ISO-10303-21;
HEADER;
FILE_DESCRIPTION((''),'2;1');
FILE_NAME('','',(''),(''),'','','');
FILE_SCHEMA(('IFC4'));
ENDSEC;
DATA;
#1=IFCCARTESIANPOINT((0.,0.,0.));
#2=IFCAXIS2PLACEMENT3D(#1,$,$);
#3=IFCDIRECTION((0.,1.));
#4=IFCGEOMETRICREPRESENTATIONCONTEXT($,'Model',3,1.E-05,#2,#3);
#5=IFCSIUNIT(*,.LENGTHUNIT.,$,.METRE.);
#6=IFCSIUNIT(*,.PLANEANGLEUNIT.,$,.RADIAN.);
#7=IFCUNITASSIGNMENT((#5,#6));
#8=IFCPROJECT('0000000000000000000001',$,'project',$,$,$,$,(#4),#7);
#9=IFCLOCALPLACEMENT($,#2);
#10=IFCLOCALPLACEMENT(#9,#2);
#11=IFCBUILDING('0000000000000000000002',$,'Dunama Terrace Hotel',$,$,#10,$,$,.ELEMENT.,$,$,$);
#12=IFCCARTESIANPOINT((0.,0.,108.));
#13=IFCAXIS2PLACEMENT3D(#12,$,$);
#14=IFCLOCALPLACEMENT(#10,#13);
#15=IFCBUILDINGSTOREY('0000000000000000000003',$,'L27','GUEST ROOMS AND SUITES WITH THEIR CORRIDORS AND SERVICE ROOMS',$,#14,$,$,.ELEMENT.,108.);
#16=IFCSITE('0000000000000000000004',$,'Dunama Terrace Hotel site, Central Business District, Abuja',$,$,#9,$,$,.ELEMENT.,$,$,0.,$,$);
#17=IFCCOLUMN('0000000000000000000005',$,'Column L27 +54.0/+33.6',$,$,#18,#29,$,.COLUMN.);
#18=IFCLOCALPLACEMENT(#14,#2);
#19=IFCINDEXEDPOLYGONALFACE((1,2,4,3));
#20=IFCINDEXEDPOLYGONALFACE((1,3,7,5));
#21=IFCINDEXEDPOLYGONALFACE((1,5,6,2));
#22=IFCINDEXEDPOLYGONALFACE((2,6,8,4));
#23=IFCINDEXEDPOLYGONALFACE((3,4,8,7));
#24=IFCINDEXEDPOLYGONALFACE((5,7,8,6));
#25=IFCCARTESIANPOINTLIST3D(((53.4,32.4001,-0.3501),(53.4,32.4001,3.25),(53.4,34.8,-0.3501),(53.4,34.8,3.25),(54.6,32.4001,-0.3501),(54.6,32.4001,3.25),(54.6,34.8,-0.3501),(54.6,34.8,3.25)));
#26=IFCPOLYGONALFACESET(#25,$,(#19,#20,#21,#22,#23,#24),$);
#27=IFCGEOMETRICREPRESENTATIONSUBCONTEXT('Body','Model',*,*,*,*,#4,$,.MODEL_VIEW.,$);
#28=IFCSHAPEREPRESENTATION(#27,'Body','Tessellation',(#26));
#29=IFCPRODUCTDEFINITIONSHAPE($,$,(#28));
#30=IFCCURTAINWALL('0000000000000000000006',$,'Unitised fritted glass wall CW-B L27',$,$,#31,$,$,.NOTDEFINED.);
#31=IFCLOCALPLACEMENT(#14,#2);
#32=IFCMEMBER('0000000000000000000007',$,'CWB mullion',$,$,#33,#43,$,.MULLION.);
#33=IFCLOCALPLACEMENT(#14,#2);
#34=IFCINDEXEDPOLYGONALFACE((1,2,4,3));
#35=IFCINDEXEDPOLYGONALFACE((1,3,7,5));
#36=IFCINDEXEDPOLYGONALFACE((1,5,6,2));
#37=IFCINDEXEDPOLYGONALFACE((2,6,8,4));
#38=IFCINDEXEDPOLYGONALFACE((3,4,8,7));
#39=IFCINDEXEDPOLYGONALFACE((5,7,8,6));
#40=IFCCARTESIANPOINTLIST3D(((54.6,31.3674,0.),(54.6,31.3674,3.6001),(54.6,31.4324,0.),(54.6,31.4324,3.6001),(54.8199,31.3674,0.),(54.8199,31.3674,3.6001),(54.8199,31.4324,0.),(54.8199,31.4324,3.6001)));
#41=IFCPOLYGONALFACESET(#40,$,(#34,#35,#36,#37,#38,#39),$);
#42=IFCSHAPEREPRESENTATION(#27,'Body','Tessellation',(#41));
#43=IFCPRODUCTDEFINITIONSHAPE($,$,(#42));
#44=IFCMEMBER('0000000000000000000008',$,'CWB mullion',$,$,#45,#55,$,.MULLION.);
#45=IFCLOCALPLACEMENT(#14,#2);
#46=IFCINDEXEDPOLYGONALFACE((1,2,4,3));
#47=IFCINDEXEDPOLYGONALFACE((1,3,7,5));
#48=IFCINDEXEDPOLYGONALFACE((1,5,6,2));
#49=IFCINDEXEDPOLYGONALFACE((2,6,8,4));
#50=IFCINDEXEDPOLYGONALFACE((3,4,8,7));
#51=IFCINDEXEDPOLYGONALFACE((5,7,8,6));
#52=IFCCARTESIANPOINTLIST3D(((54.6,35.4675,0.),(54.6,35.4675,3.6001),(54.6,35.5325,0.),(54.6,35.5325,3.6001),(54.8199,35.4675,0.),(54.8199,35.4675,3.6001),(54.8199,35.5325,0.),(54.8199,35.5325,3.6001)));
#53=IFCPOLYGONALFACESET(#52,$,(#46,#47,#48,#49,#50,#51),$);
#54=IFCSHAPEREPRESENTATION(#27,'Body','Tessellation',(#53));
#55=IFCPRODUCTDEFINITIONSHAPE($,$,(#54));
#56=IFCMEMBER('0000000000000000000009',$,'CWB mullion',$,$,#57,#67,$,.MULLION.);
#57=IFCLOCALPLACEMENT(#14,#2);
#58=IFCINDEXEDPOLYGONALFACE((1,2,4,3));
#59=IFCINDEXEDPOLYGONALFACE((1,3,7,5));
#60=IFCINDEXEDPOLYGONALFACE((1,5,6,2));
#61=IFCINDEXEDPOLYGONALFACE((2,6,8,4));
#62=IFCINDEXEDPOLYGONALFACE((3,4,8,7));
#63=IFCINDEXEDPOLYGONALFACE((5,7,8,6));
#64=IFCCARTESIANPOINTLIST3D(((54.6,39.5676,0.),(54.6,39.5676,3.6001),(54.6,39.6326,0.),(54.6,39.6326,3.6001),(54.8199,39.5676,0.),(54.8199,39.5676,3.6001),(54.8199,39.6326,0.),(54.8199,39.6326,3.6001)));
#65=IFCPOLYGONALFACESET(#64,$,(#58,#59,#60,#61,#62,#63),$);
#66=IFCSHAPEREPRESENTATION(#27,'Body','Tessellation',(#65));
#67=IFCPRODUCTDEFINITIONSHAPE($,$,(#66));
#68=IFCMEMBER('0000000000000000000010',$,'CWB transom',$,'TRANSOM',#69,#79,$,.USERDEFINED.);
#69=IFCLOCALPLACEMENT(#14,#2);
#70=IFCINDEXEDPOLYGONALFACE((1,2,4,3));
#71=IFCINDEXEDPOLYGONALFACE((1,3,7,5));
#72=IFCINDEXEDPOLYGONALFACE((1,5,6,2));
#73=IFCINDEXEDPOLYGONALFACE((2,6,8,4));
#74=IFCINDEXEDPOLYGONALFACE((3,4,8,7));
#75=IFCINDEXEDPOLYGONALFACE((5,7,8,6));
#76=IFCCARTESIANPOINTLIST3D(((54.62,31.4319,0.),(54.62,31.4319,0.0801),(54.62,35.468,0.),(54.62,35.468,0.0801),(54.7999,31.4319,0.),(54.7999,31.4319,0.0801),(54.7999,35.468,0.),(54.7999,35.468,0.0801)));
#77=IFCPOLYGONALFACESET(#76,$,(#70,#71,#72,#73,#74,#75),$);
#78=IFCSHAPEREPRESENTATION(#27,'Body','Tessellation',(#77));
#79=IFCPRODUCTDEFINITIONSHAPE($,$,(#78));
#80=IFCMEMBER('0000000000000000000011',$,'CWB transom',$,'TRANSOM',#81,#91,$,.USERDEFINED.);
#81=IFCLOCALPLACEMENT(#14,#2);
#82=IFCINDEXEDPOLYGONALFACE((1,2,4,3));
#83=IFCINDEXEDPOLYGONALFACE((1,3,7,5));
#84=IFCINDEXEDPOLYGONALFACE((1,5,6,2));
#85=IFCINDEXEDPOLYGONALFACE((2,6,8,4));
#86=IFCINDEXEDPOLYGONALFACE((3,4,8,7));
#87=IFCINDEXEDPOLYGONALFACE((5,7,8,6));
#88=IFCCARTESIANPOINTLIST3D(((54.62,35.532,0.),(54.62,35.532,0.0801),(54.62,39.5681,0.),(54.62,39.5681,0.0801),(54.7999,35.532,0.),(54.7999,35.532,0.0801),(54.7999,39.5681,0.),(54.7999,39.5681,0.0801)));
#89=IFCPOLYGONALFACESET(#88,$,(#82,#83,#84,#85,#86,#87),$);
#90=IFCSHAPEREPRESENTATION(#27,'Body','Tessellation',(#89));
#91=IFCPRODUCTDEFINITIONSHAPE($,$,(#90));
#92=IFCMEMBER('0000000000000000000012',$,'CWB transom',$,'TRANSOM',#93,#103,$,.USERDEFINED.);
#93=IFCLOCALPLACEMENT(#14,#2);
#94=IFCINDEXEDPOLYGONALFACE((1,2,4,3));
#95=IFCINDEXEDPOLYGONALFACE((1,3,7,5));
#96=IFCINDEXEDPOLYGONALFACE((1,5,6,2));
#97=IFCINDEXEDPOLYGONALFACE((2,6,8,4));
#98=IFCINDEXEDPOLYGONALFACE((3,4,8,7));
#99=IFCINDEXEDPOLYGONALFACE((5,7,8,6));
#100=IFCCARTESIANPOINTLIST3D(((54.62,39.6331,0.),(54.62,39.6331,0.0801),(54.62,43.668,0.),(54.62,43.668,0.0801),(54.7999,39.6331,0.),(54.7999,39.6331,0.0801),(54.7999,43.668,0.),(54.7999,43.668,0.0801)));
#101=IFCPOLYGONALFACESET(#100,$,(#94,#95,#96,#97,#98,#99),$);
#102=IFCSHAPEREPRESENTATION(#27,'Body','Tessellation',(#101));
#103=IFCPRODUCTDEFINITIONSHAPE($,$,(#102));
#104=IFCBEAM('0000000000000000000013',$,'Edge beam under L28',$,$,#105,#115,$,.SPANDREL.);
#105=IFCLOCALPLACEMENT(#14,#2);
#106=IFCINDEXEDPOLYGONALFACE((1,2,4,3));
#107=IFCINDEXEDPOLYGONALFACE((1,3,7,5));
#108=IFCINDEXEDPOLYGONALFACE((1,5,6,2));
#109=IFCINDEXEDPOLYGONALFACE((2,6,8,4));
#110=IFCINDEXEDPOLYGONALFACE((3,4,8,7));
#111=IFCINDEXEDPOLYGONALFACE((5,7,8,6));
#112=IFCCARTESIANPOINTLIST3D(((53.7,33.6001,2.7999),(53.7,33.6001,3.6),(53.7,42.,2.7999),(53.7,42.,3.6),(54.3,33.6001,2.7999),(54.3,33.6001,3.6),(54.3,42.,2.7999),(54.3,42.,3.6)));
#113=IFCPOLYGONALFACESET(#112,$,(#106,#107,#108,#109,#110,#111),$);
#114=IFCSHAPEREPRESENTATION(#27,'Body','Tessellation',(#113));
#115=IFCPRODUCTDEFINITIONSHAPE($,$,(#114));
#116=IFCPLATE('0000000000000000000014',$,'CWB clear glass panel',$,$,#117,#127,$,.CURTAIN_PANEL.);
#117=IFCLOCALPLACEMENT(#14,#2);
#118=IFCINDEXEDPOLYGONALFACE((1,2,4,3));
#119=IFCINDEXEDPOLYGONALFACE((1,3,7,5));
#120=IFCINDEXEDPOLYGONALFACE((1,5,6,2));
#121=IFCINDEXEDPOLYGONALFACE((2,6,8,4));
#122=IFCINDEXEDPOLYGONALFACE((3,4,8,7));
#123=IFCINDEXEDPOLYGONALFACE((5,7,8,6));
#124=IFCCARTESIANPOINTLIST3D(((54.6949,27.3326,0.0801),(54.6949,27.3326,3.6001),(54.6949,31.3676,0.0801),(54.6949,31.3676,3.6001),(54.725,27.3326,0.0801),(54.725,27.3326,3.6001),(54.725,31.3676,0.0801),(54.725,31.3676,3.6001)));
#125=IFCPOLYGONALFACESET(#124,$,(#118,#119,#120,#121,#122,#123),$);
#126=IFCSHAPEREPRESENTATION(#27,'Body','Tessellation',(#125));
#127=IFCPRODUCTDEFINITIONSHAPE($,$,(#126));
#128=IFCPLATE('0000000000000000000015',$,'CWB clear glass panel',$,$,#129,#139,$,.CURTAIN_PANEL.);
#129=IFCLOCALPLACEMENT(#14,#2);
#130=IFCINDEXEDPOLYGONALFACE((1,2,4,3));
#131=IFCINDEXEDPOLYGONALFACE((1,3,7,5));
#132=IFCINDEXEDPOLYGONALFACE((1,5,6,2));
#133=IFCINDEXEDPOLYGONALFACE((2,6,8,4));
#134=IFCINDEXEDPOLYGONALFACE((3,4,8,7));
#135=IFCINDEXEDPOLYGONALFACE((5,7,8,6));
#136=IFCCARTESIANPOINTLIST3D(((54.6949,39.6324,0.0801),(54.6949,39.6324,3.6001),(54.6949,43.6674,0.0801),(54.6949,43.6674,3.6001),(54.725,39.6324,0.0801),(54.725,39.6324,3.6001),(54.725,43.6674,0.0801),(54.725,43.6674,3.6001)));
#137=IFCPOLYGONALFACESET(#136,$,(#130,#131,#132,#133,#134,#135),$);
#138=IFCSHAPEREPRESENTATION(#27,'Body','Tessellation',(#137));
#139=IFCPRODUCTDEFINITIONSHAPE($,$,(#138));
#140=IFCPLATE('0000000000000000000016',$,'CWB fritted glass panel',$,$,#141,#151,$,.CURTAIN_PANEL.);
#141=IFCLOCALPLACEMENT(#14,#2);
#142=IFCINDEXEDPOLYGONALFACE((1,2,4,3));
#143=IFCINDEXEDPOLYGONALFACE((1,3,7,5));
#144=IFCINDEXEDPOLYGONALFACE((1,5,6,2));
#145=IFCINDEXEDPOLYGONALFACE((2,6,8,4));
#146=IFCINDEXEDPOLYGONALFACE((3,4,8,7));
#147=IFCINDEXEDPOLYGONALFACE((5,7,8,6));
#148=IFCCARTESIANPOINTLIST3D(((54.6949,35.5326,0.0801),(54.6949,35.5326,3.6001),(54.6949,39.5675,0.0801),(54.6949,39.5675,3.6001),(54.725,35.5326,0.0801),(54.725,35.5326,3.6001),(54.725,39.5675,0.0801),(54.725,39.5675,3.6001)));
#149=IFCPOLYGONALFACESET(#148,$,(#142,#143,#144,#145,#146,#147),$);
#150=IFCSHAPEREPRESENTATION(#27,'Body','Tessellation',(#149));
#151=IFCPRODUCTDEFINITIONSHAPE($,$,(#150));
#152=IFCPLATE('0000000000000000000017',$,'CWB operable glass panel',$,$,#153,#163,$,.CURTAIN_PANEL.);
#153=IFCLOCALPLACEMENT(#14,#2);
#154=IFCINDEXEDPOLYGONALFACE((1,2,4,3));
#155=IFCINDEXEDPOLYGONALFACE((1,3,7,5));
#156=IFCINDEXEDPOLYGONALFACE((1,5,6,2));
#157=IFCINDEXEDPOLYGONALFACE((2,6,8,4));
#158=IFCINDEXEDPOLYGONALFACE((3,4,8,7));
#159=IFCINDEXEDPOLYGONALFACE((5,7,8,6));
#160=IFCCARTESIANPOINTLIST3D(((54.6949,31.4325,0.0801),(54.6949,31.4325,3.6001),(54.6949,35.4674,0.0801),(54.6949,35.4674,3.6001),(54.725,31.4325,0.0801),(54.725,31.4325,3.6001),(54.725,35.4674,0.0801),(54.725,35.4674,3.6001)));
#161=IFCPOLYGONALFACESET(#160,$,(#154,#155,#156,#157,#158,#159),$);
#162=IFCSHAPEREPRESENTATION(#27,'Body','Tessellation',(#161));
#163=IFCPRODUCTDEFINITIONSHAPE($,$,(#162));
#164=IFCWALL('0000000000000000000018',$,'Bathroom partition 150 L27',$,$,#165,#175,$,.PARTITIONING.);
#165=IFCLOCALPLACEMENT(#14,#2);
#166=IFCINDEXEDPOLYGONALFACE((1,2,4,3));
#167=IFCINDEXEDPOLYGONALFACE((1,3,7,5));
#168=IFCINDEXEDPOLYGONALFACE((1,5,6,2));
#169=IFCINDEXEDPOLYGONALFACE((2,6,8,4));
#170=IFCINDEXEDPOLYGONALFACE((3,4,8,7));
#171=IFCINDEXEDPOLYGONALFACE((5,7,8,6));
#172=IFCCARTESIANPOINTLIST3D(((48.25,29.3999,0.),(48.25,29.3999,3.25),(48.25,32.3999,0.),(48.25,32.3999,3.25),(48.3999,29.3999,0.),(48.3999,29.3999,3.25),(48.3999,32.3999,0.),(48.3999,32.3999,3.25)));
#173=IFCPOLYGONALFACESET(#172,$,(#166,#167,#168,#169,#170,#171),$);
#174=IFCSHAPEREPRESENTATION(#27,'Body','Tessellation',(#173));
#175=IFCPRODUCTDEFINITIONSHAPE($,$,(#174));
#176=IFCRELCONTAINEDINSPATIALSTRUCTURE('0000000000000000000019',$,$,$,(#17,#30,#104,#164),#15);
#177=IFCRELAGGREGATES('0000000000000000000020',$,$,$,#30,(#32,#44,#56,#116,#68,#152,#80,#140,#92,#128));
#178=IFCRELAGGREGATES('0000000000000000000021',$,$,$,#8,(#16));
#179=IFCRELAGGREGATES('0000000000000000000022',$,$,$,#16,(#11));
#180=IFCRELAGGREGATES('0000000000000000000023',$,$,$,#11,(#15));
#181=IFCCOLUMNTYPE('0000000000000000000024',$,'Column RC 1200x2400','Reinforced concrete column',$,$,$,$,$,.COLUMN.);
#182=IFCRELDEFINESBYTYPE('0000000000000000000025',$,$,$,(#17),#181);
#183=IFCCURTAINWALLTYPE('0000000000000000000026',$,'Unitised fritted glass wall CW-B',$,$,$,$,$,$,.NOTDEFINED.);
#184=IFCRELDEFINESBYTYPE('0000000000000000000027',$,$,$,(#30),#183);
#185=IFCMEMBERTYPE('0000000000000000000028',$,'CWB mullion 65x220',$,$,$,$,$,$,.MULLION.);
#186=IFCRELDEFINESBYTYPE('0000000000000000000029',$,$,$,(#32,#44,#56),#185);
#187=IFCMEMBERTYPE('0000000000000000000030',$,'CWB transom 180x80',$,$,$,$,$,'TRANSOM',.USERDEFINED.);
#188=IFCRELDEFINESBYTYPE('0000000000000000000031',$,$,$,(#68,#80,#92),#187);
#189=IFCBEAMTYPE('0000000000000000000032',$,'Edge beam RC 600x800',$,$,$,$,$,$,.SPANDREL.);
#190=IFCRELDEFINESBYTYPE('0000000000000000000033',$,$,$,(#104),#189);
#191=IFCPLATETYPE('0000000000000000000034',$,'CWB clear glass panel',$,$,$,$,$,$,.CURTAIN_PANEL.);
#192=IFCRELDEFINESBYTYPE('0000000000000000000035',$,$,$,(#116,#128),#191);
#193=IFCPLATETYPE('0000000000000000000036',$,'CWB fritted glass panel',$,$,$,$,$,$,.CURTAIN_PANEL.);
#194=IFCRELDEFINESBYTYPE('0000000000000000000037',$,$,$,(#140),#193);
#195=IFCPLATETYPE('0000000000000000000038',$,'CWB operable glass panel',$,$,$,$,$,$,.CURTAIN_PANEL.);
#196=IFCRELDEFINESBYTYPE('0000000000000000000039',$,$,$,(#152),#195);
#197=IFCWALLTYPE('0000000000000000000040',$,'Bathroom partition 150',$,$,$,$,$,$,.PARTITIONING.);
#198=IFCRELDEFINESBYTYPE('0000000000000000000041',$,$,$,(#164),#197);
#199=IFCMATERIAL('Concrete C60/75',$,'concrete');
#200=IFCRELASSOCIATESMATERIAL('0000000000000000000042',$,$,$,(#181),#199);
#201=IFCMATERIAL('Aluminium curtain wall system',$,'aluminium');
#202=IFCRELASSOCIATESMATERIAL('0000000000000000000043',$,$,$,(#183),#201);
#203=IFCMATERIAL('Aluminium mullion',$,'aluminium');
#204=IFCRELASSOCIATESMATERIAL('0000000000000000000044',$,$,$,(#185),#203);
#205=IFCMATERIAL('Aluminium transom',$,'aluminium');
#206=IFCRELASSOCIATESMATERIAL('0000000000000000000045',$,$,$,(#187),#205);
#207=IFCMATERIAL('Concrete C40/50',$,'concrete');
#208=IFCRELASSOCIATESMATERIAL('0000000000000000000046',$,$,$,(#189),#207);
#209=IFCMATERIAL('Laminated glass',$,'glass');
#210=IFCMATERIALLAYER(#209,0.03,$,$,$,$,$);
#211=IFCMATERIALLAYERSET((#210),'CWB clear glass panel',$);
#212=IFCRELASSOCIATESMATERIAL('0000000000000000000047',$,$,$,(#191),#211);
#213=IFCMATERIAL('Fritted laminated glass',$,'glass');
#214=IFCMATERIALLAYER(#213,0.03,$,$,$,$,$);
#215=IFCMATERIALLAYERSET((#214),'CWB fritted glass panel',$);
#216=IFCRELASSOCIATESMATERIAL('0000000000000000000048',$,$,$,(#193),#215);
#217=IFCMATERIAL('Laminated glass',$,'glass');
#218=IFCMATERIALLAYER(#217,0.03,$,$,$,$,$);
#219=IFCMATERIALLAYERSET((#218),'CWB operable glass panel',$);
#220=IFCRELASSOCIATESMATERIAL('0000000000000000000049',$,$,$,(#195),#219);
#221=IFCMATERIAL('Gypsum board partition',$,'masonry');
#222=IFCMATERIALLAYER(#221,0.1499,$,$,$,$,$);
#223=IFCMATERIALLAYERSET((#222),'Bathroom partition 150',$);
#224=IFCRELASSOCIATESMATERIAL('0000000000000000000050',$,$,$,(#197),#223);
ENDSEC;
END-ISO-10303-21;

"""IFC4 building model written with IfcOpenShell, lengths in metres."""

from ifc_helpers import new_model, si_unit, direction, frame, frame_2d, origin, origin_2d, place, context, subcontext, project, spatial, rectangle, extrude, material, layer, layer_set, material_profile, profile_set, type_object, element, aggregate, save


model = new_model("IFC4")

# Units and contexts
model_context = context("Model", 3, precision=1e-05, world=origin(), true_north=direction((0.0, 1.0)))
body_context = subcontext(model_context, "Body", "Model", "MODEL_VIEW")
ifc_project = project(units=[si_unit("LENGTHUNIT", "METRE"), si_unit("PLANEANGLEUNIT", "RADIAN")], contexts=[model_context])

# Site, building, storey
site_placement = place(None, origin())
site = spatial("IfcSite", under=ifc_project, at=site_placement, Name="Dunama Terrace Hotel site, Central Business District, Abuja", CompositionType="ELEMENT", RefElevation=0.0)
building_placement = place(site_placement, origin())
building = spatial("IfcBuilding", under=site, at=building_placement, Name="Dunama Terrace Hotel", CompositionType="ELEMENT")
storey_placement = place(building_placement, frame((0.0, 0.0, 108.0)))
storey = spatial("IfcBuildingStorey", under=building, at=storey_placement, Name="L27", Description="GUEST ROOMS AND SUITES WITH THEIR CORRIDORS AND SERVICE ROOMS", CompositionType="ELEMENT", Elevation=108.0)

# Column
ifc_material_1 = material(Name="Concrete C60/75", Category="concrete")
ifc_material_profile_1 = material_profile(ifc_material_1, rectangle(XDim=1.2, YDim=2.3999, at=origin_2d()), Name="RC 1200x2400")
ifc_profile_set_1 = profile_set([ifc_material_profile_1], Name="Concrete C60/75")
column_type = type_object("IfcColumnType", Name="Column RC 1200x2400", Description="Reinforced concrete column", PredefinedType="COLUMN", material=ifc_profile_set_1)
column_placement = place(storey_placement, frame((54.0, 33.6001, -0.3501), z_axis=(0.0, 0.0, 1.0), x_axis=(1.0, 0.0, 0.0)))
element("IfcColumn", 1, at=column_placement, inside=storey, type_object=column_type, Name="Column L27 +54.0/+33.6", PredefinedType="COLUMN", context=body_context, shape_type="SweptSolid", body=[
    extrude(rectangle(XDim=1.2, YDim=2.3999, at=origin_2d()), origin(), (0.0, 0.0, 1.0), 3.6001),
])

# Curtain wall, members
ifc_material_2 = material(Name="Aluminium curtain wall system", Category="aluminium")
curtain_wall_type = type_object("IfcCurtainWallType", Name="Unitised fritted glass wall CW-B", PredefinedType="NOTDEFINED", material=ifc_material_2)
curtain_wall_placement = place(storey_placement, origin())
curtain_wall = element("IfcCurtainWall", 2, at=curtain_wall_placement, inside=storey, type_object=curtain_wall_type, Name="Unitised fritted glass wall CW-B L27", PredefinedType="NOTDEFINED")
ifc_material_3 = material(Name="Aluminium mullion", Category="aluminium")
ifc_material_profile_2 = material_profile(ifc_material_3, rectangle(XDim=0.0649, YDim=0.22, at=origin_2d()), Name="CWB MULLION 65X220")
ifc_profile_set_2 = profile_set([ifc_material_profile_2], Name="Aluminium mullion")
member_type_1 = type_object("IfcMemberType", Name="CWB mullion 65x220", PredefinedType="MULLION", material=ifc_profile_set_2)
member_1_placement = place(storey_placement, frame((54.71, 31.3999, 0.0), z_axis=(0.0, 0.0, 1.0), x_axis=(0.0, 1.0, 0.0)))
member_1 = element("IfcMember", 3, at=member_1_placement, type_object=member_type_1, Name="CWB mullion", PredefinedType="MULLION", context=body_context, shape_type="SweptSolid", body=[
    extrude(rectangle(XDim=0.0649, YDim=0.22, at=origin_2d()), origin(), (0.0, 0.0, 1.0), 3.6001),
])
member_2_placement = place(storey_placement, frame((54.71, 35.5, 0.0), z_axis=(0.0, 0.0, 1.0), x_axis=(0.0, 1.0, 0.0)))
member_2 = element("IfcMember", 4, at=member_2_placement, type_object=member_type_1, Name="CWB mullion", PredefinedType="MULLION", context=body_context, shape_type="SweptSolid", body=[
    extrude(rectangle(XDim=0.0649, YDim=0.22, at=origin_2d()), origin(), (0.0, 0.0, 1.0), 3.6001),
])
member_3_placement = place(storey_placement, frame((54.71, 39.6001, 0.0), z_axis=(0.0, 0.0, 1.0), x_axis=(0.0, 1.0, 0.0)))
member_3 = element("IfcMember", 5, at=member_3_placement, type_object=member_type_1, Name="CWB mullion", PredefinedType="MULLION", context=body_context, shape_type="SweptSolid", body=[
    extrude(rectangle(XDim=0.0649, YDim=0.22, at=origin_2d()), origin(), (0.0, 0.0, 1.0), 3.6001),
])
ifc_material_4 = material(Name="Aluminium transom", Category="aluminium")
ifc_material_profile_3 = material_profile(ifc_material_4, rectangle(XDim=0.1799, YDim=0.0801, at=origin_2d()), Name="CWB TRANSOM 180X80")
ifc_profile_set_3 = profile_set([ifc_material_profile_3], Name="Aluminium transom")
member_type_2 = type_object("IfcMemberType", Name="CWB transom 180x80", ElementType="TRANSOM", PredefinedType="USERDEFINED", material=ifc_profile_set_3)
member_4_placement = place(storey_placement, frame((54.71, 31.4319, 0.04), z_axis=(0.0, 1.0, 0.0), x_axis=(-1.0, 0.0, 0.0)))
member_4 = element("IfcMember", 6, at=member_4_placement, type_object=member_type_2, Name="CWB transom", ObjectType="TRANSOM", PredefinedType="USERDEFINED", context=body_context, shape_type="SweptSolid", body=[
    extrude(rectangle(XDim=0.1799, YDim=0.0801, at=origin_2d()), origin(), (0.0, 0.0, 1.0), 4.0361),
])
member_5_placement = place(storey_placement, frame((54.71, 35.532, 0.04), z_axis=(0.0, 1.0, 0.0), x_axis=(-1.0, 0.0, 0.0)))
member_5 = element("IfcMember", 7, at=member_5_placement, type_object=member_type_2, Name="CWB transom", ObjectType="TRANSOM", PredefinedType="USERDEFINED", context=body_context, shape_type="SweptSolid", body=[
    extrude(rectangle(XDim=0.1799, YDim=0.0801, at=origin_2d()), origin(), (0.0, 0.0, 1.0), 4.0361),
])
member_6_placement = place(storey_placement, frame((54.71, 39.6331, 0.04), z_axis=(0.0, 1.0, 0.0), x_axis=(-1.0, 0.0, 0.0)))
member_6 = element("IfcMember", 8, at=member_6_placement, type_object=member_type_2, Name="CWB transom", ObjectType="TRANSOM", PredefinedType="USERDEFINED", context=body_context, shape_type="SweptSolid", body=[
    extrude(rectangle(XDim=0.1799, YDim=0.0801, at=origin_2d()), origin(), (0.0, 0.0, 1.0), 4.0349),
])

# Beam
ifc_material_5 = material(Name="Concrete C40/50", Category="concrete")
ifc_material_profile_4 = material_profile(ifc_material_5, rectangle(XDim=0.6001, YDim=0.8, at=origin_2d()), Name="RC 600x800")
ifc_profile_set_4 = profile_set([ifc_material_profile_4], Name="Concrete C40/50")
beam_type = type_object("IfcBeamType", Name="Edge beam RC 600x800", PredefinedType="SPANDREL", material=ifc_profile_set_4)
beam_placement = place(storey_placement, frame((54.0, 33.6001, 3.2), z_axis=(0.0, 1.0, 0.0), x_axis=(-1.0, 0.0, 0.0)))
element("IfcBeam", 9, at=beam_placement, inside=storey, type_object=beam_type, Name="Edge beam under L28", PredefinedType="SPANDREL", context=body_context, shape_type="SweptSolid", body=[
    extrude(rectangle(XDim=0.6001, YDim=0.8, at=origin_2d()), origin(), (0.0, 0.0, 1.0), 8.3999),
])

# Plates
ifc_material_6 = material(Name="Laminated glass", Category="glass")
ifc_layer_1 = layer(ifc_material_6, 0.03)
ifc_layer_set_1 = layer_set([ifc_layer_1], Name="CWB clear glass panel")
plate_type_1 = type_object("IfcPlateType", Name="CWB clear glass panel", PredefinedType="CURTAIN_PANEL", material=ifc_layer_set_1)
plate_1_placement = place(storey_placement, frame((54.71, 29.3501, 0.0801), z_axis=(0.0, 0.0, 1.0), x_axis=(0.0, 1.0, 0.0)))
plate_1 = element("IfcPlate", 10, at=plate_1_placement, type_object=plate_type_1, Name="CWB clear glass panel", PredefinedType="CURTAIN_PANEL", context=body_context, shape_type="SweptSolid", body=[
    extrude(rectangle(XDim=4.0349, YDim=0.03, at=origin_2d()), origin(), (0.0, 0.0, 1.0), 3.52),
])
plate_2_placement = place(storey_placement, frame((54.71, 41.6499, 0.0801), z_axis=(0.0, 0.0, 1.0), x_axis=(0.0, 1.0, 0.0)))
plate_2 = element("IfcPlate", 11, at=plate_2_placement, type_object=plate_type_1, Name="CWB clear glass panel", PredefinedType="CURTAIN_PANEL", context=body_context, shape_type="SweptSolid", body=[
    extrude(rectangle(XDim=4.0349, YDim=0.03, at=origin_2d()), origin(), (0.0, 0.0, 1.0), 3.52),
])
ifc_material_7 = material(Name="Fritted laminated glass", Category="glass")
ifc_layer_2 = layer(ifc_material_7, 0.03)
ifc_layer_set_2 = layer_set([ifc_layer_2], Name="CWB fritted glass panel")
plate_type_2 = type_object("IfcPlateType", Name="CWB fritted glass panel", PredefinedType="CURTAIN_PANEL", material=ifc_layer_set_2)
plate_3_placement = place(storey_placement, frame((54.71, 37.55, 0.0801), z_axis=(0.0, 0.0, 1.0), x_axis=(0.0, 1.0, 0.0)))
plate_3 = element("IfcPlate", 12, at=plate_3_placement, type_object=plate_type_2, Name="CWB fritted glass panel", PredefinedType="CURTAIN_PANEL", context=body_context, shape_type="SweptSolid", body=[
    extrude(rectangle(XDim=4.0349, YDim=0.03, at=origin_2d()), origin(), (0.0, 0.0, 1.0), 3.52),
])
ifc_material_8 = material(Name="Laminated glass", Category="glass")
ifc_layer_3 = layer(ifc_material_8, 0.03)
ifc_layer_set_3 = layer_set([ifc_layer_3], Name="CWB operable glass panel")
plate_type_3 = type_object("IfcPlateType", Name="CWB operable glass panel", PredefinedType="CURTAIN_PANEL", material=ifc_layer_set_3)
plate_4_placement = place(storey_placement, frame((54.71, 33.45, 0.0801), z_axis=(0.0, 0.0, 1.0), x_axis=(0.0, 1.0, 0.0)))
plate_4 = element("IfcPlate", 13, at=plate_4_placement, type_object=plate_type_3, Name="CWB operable glass panel", PredefinedType="CURTAIN_PANEL", context=body_context, shape_type="SweptSolid", body=[
    extrude(rectangle(XDim=4.0349, YDim=0.03, at=origin_2d()), origin(), (0.0, 0.0, 1.0), 3.52),
])
aggregate(curtain_wall, [member_1, member_2, member_3, plate_1, member_4, plate_4, member_5, plate_3, member_6, plate_2])

# Wall
ifc_material_9 = material(Name="Gypsum board partition", Category="masonry")
ifc_layer_4 = layer(ifc_material_9, 0.1499)
ifc_layer_set_4 = layer_set([ifc_layer_4], Name="Bathroom partition 150")
wall_type_1 = type_object("IfcWallType", Name="Bathroom partition 150", PredefinedType="PARTITIONING", material=ifc_layer_set_4)
for number, where, z_axis, x_axis, name in (
    (14, (48.325, 29.3999, 0.0), (0.0, 0.0, 1.0), (0.0, 1.0, 0.0), "Bathroom partition 150 L27"),
):
    element("IfcWall", number, at=place(storey_placement, frame(where, z_axis=z_axis, x_axis=x_axis)), inside=storey, type_object=wall_type_1, Name=name, PredefinedType="PARTITIONING", context=body_context, shape_type="SweptSolid", body=[
        extrude(rectangle(XDim=3.0, YDim=0.1499, at=frame_2d((1.5, 0.0))), origin(), (0.0, 0.0, 1.0), 3.25),
    ])

save(model, "model.ifc")
